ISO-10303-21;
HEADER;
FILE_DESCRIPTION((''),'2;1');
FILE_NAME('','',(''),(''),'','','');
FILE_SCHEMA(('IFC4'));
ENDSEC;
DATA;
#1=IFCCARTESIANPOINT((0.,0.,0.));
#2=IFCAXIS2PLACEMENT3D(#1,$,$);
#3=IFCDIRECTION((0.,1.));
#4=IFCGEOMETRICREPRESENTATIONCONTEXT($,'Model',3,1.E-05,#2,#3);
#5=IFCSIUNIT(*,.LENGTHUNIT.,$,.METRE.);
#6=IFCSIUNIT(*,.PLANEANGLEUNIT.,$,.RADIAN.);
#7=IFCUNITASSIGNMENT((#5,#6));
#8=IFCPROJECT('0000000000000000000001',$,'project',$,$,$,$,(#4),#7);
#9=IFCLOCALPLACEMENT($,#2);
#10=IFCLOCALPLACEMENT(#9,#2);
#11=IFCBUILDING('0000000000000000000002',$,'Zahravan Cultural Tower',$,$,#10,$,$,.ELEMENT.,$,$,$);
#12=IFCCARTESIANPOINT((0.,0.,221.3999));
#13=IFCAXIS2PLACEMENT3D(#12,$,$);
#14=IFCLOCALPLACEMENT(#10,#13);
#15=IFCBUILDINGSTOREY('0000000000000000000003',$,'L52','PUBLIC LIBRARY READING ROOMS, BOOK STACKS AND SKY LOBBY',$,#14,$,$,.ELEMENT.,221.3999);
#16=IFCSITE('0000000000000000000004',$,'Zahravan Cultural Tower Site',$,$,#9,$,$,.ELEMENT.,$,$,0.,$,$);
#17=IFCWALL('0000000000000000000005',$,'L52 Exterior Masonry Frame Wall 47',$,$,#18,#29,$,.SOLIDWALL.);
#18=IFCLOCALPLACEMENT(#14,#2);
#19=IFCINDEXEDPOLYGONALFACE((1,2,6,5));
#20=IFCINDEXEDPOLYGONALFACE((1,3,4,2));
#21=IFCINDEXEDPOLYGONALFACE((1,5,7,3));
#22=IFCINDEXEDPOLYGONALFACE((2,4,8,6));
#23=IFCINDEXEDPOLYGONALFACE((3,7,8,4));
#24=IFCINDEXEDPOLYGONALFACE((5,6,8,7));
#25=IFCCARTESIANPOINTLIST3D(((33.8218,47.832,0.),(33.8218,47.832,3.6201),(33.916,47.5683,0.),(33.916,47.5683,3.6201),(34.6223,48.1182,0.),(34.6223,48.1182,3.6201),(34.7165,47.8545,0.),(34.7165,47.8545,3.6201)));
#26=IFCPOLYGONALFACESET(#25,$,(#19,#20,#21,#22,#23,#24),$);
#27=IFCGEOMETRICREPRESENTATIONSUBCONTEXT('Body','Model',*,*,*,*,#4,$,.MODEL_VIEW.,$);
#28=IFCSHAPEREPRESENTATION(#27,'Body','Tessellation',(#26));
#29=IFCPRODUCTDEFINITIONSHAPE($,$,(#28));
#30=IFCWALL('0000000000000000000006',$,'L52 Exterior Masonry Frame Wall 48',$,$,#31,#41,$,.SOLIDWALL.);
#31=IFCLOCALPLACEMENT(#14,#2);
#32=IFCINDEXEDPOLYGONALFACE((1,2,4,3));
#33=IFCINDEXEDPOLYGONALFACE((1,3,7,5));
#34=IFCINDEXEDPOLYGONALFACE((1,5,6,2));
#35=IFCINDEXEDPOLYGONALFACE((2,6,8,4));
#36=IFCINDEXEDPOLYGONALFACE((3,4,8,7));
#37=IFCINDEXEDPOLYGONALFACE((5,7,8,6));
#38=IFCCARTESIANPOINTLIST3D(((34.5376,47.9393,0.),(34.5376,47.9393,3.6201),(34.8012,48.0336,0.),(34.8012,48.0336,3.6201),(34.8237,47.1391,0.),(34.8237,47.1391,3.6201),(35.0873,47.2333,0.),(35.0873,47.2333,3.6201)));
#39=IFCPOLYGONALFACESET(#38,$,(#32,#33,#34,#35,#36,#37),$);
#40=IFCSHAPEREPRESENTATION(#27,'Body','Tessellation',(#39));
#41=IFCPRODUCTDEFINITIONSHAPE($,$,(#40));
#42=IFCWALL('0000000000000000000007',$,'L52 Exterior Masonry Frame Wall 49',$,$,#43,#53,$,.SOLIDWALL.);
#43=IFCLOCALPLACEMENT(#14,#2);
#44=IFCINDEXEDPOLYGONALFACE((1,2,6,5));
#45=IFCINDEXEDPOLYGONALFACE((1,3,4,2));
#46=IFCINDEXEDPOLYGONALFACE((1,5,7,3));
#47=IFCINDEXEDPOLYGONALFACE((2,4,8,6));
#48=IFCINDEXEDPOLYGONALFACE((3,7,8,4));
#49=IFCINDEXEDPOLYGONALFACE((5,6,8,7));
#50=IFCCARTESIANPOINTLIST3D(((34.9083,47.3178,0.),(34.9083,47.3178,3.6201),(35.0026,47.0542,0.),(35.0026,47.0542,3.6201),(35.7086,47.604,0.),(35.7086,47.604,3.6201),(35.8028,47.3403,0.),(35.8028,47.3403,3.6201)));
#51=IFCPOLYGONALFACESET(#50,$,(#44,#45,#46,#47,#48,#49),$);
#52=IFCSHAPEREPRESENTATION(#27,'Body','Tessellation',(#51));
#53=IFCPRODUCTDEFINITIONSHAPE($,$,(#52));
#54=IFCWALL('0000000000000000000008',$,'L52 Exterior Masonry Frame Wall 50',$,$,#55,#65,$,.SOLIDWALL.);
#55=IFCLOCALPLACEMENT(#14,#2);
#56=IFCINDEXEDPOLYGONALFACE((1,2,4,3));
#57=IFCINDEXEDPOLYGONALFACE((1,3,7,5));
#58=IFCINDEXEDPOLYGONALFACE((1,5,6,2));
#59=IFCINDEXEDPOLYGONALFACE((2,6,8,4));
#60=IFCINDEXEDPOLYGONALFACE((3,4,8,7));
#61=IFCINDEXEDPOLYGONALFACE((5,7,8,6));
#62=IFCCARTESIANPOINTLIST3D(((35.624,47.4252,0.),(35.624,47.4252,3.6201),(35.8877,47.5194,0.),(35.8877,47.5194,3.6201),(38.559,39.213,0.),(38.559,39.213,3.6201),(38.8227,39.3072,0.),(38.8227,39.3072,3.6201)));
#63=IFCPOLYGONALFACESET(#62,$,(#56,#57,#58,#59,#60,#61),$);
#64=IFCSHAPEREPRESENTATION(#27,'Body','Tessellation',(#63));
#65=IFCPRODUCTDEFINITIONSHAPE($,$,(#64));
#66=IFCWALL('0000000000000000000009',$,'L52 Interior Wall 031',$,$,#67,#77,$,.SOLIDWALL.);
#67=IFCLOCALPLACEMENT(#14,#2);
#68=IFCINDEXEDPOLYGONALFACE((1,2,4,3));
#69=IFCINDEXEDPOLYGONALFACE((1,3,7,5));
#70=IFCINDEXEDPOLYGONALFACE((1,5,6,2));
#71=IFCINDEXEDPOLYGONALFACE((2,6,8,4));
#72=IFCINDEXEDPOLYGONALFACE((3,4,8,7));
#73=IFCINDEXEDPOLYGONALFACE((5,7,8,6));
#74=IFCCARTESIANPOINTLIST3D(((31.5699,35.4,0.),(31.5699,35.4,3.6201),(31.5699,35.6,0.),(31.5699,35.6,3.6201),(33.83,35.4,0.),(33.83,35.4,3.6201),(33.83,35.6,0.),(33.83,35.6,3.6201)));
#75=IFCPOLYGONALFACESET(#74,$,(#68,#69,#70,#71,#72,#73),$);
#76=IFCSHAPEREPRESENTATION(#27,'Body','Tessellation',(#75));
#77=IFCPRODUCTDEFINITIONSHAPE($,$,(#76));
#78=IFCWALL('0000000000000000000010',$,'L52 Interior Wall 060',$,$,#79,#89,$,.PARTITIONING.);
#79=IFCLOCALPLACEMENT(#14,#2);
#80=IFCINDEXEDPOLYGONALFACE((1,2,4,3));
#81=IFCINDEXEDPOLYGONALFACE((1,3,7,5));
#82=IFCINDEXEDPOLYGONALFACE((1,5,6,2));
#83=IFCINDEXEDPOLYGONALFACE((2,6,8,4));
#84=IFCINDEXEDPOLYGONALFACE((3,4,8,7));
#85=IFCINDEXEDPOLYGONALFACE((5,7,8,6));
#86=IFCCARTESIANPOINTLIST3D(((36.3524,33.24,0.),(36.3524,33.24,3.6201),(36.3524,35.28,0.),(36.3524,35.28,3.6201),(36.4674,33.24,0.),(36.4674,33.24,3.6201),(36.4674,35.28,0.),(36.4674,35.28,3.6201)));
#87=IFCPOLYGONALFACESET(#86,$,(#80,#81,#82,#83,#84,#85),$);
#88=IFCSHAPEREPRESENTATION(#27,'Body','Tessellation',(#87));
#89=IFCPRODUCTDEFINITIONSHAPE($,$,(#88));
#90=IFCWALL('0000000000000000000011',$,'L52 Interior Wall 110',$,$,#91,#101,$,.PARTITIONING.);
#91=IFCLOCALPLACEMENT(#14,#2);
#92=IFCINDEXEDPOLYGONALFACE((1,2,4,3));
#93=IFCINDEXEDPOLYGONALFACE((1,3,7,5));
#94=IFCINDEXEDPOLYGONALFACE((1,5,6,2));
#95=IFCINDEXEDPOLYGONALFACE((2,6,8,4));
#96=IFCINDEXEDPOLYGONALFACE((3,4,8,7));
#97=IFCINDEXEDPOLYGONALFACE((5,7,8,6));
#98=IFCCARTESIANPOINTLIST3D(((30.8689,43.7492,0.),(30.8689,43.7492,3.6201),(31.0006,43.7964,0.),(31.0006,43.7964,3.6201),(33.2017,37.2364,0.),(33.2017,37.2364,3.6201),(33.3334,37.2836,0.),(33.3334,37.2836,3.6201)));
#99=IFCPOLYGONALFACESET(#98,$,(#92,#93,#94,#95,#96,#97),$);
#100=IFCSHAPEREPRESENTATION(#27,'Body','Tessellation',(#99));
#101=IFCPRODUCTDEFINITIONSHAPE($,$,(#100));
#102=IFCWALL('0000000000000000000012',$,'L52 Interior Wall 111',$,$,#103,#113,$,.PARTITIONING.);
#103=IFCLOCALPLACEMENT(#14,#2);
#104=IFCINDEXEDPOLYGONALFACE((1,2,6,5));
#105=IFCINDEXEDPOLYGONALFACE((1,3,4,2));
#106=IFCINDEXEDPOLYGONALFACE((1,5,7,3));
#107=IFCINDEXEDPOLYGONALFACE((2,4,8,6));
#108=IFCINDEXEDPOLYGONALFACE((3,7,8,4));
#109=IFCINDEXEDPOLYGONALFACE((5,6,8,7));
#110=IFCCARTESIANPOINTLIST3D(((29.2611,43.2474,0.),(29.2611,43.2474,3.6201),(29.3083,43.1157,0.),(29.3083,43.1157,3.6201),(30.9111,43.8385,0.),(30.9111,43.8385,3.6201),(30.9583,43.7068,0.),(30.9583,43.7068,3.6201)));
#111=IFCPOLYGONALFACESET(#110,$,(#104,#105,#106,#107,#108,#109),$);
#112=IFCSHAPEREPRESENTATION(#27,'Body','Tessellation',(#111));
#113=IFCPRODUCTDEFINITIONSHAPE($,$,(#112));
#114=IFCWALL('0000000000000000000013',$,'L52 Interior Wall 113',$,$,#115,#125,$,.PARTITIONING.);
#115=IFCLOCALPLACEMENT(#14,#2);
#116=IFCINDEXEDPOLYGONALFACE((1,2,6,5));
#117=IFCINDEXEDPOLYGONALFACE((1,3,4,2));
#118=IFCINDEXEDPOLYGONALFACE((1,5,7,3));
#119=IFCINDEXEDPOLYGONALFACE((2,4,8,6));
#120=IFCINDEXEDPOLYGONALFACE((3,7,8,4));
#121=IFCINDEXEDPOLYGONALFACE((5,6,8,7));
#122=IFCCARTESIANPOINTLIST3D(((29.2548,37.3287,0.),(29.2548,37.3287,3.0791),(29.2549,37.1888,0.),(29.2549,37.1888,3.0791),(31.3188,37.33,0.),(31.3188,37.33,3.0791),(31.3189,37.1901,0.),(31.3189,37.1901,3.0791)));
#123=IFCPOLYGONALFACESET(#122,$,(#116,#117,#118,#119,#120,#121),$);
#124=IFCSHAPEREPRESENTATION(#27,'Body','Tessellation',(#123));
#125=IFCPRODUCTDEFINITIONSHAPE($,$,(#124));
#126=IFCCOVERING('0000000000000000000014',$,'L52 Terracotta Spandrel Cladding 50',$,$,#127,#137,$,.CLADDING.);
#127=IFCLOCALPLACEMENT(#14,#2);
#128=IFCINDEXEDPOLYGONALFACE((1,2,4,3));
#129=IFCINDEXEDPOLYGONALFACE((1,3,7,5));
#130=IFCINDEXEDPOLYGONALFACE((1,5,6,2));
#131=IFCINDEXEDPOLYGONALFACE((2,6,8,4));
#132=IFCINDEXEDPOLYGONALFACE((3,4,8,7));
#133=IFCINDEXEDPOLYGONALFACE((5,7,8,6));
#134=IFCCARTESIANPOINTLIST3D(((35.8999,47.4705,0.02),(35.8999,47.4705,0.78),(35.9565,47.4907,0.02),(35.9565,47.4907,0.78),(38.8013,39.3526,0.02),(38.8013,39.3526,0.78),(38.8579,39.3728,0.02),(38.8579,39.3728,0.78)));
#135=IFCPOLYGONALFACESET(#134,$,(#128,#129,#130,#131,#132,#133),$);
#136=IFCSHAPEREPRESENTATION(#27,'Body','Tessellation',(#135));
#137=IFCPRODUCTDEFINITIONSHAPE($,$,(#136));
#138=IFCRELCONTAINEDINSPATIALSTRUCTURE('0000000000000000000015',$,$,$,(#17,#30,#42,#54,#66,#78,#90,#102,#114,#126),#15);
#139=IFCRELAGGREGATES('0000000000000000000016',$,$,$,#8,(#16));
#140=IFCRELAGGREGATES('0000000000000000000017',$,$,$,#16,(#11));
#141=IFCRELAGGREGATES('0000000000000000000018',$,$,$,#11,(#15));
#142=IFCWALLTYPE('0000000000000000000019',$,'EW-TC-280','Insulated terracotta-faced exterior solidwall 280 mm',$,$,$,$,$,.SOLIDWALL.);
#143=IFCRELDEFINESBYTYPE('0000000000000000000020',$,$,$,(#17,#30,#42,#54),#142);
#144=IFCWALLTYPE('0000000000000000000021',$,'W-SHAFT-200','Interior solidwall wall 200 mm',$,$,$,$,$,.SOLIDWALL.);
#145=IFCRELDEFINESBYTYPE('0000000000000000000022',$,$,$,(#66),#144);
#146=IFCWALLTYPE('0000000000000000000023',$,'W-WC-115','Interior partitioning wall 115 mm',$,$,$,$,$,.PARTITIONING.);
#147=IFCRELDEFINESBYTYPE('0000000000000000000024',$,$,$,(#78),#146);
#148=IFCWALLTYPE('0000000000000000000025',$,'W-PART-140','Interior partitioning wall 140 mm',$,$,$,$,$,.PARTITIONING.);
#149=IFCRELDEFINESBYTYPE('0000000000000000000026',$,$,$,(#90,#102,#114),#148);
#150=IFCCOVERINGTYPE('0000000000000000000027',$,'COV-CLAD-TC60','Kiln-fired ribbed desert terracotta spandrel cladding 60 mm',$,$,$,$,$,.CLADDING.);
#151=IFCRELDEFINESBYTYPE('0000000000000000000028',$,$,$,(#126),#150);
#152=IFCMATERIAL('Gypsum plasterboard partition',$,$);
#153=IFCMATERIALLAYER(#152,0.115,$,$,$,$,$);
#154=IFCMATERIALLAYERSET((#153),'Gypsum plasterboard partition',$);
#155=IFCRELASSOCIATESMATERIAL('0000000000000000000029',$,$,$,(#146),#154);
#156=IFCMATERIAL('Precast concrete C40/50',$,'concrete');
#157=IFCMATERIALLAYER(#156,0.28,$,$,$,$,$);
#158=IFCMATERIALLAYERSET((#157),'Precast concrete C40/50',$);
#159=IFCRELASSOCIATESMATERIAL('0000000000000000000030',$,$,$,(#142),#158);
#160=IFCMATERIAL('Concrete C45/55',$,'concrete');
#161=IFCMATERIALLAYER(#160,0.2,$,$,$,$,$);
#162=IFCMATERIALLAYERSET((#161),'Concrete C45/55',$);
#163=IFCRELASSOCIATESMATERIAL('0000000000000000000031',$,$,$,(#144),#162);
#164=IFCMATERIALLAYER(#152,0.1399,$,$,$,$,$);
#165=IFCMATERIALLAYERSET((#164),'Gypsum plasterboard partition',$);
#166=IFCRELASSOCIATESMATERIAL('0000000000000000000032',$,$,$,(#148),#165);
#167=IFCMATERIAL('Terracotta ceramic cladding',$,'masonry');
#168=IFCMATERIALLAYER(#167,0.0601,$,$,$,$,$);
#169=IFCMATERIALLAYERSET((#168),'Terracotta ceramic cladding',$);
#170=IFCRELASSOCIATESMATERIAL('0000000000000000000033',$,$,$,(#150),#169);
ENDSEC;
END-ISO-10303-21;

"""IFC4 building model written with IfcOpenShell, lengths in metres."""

from ifc_helpers import new_model, si_unit, direction, frame, frame_2d, origin, origin_2d, place, context, subcontext, project, spatial, rectangle, extrude, source, transform, mapped, material, layer, layer_set, type_object, element, save


model = new_model("IFC4")

# Units and contexts
model_context = context("Model", 3, precision=1e-05, world=origin(), true_north=direction((0.0, 1.0)))
body_context = subcontext(model_context, "Body", "Model", "MODEL_VIEW")
ifc_project = project(units=[si_unit("LENGTHUNIT", "METRE"), si_unit("PLANEANGLEUNIT", "RADIAN")], contexts=[model_context])

# Site, building, storey
site_placement = place(None, origin())
site = spatial("IfcSite", under=ifc_project, at=site_placement, Name="Zahravan Cultural Tower Site", CompositionType="ELEMENT", RefElevation=0.0)
building_placement = place(site_placement, origin())
building = spatial("IfcBuilding", under=site, at=building_placement, Name="Zahravan Cultural Tower", CompositionType="ELEMENT")
storey_placement = place(building_placement, frame((0.0, 0.0, 221.3999)))
storey = spatial("IfcBuildingStorey", under=building, at=storey_placement, Name="L52", Description="PUBLIC LIBRARY READING ROOMS, BOOK STACKS AND SKY LOBBY", CompositionType="ELEMENT", Elevation=221.3999)

# Shared definitions
ifc_material_1 = material(Name="Gypsum plasterboard partition")
ifc_layer_1 = layer(ifc_material_1, 0.115)
ifc_layer_set_1 = layer_set([ifc_layer_1], Name="Gypsum plasterboard partition")
wall_type_1 = type_object("IfcWallType", Name="W-WC-115", Description="Interior partitioning wall 115 mm", PredefinedType="PARTITIONING", material=ifc_layer_set_1)

# Walls
ifc_material_2 = material(Name="Precast concrete C40/50", Category="concrete")
ifc_layer_2 = layer(ifc_material_2, 0.28)
ifc_layer_set_2 = layer_set([ifc_layer_2], Name="Precast concrete C40/50")
wall_type_2 = type_object("IfcWallType", Name="EW-TC-280", Description="Insulated terracotta-faced exterior solidwall 280 mm", PredefinedType="SOLIDWALL", material=ifc_layer_set_2)
shared_shape_1 = source(origin(), body_context, "Body", "SweptSolid", [
    extrude(rectangle(XDim=0.8501, YDim=0.28, at=frame_2d((0.425, 0.0))), origin(), (0.0, 0.0, 1.0), 3.6201),
])
for number, where, z_axis, x_axis, name in (
    (1, (33.8689, 47.7002, 0.0), (0.0, 0.0, 1.0), (0.941657, 0.336573, 0.0), "L52 Exterior Masonry Frame Wall 47"),
):
    element("IfcWall", number, at=place(storey_placement, frame(where, z_axis=z_axis, x_axis=x_axis)), inside=storey, type_object=wall_type_2, Name=name, PredefinedType="SOLIDWALL", context=body_context, shape_type="MappedRepresentation", body=[
        mapped(shared_shape_1, transform((0.0, 0.0, 0.0), x_axis=(1.0, 0.0, 0.0), y_axis=(0.0, 1.0, 0.0), z_axis=(0.0, 0.0, 1.0), scale=1.0)),
    ])
shared_shape_2 = source(origin(), body_context, "Body", "SweptSolid", [
    extrude(rectangle(XDim=0.8499, YDim=0.28, at=frame_2d((0.4248, 0.0))), origin(), (0.0, 0.0, 1.0), 3.6201),
])
for number, where, z_axis, x_axis, name in (
    (2, (34.6694, 47.9863, 0.0), (0.0, 0.0, 1.0), (0.336664, -0.941625, 0.0), "L52 Exterior Masonry Frame Wall 48"),
    (3, (34.9556, 47.186, 0.0), (0.0, 0.0, 1.0), (0.941625, 0.336664, 0.0), "L52 Exterior Masonry Frame Wall 49"),
):
    element("IfcWall", number, at=place(storey_placement, frame(where, z_axis=z_axis, x_axis=x_axis)), inside=storey, type_object=wall_type_2, Name=name, PredefinedType="SOLIDWALL", context=body_context, shape_type="MappedRepresentation", body=[
        mapped(shared_shape_2, transform((0.0, 0.0, 0.0), x_axis=(1.0, 0.0, 0.0), y_axis=(0.0, 1.0, 0.0), z_axis=(0.0, 0.0, 1.0), scale=1.0)),
    ])
shared_shape_3 = source(origin(), body_context, "Body", "SweptSolid", [
    extrude(rectangle(XDim=8.7209, YDim=0.28, at=frame_2d((4.3604, 0.0))), origin(), (0.0, 0.0, 1.0), 3.6201),
])
wall_1_placement = place(storey_placement, frame((35.7559, 47.4722, 0.0), z_axis=(0.0, 0.0, 1.0), x_axis=(0.336555, -0.941664, 0.0)))
element("IfcWall", 4, at=wall_1_placement, inside=storey, type_object=wall_type_2, Name="L52 Exterior Masonry Frame Wall 50", PredefinedType="SOLIDWALL", context=body_context, shape_type="MappedRepresentation", body=[
    mapped(shared_shape_3, transform((0.0, 0.0, 0.0), x_axis=(1.0, 0.0, 0.0), y_axis=(0.0, 1.0, 0.0), z_axis=(0.0, 0.0, 1.0), scale=1.0)),
])
ifc_material_3 = material(Name="Concrete C45/55", Category="concrete")
ifc_layer_3 = layer(ifc_material_3, 0.2)
ifc_layer_set_3 = layer_set([ifc_layer_3], Name="Concrete C45/55")
wall_type_3 = type_object("IfcWallType", Name="W-SHAFT-200", Description="Interior solidwall wall 200 mm", PredefinedType="SOLIDWALL", material=ifc_layer_set_3)
shared_shape_4 = source(origin(), body_context, "Body", "SweptSolid", [
    extrude(rectangle(XDim=2.26, YDim=0.2, at=frame_2d((1.1299, 0.0))), origin(), (0.0, 0.0, 1.0), 3.6201),
])
wall_2_placement = place(storey_placement, frame((31.5701, 35.5, 0.0), z_axis=(0.0, 0.0, 1.0), x_axis=(1.0, 0.0, 0.0)))
element("IfcWall", 5, at=wall_2_placement, inside=storey, type_object=wall_type_3, Name="L52 Interior Wall 031", PredefinedType="SOLIDWALL", context=body_context, shape_type="MappedRepresentation", body=[
    mapped(shared_shape_4, transform((0.0, 0.0, 0.0), x_axis=(1.0, 0.0, 0.0), y_axis=(0.0, 1.0, 0.0), z_axis=(0.0, 0.0, 1.0), scale=1.0)),
])
shared_shape_5 = source(origin(), body_context, "Body", "SweptSolid", [
    extrude(rectangle(XDim=2.04, YDim=0.115, at=frame_2d((1.02, 0.0))), origin(), (0.0, 0.0, 1.0), 3.6201),
])
wall_3_placement = place(storey_placement, frame((36.4099, 35.28, 0.0), z_axis=(0.0, 0.0, 1.0), x_axis=(0.0, -1.0, 0.0)))
element("IfcWall", 6, at=wall_3_placement, inside=storey, type_object=wall_type_1, Name="L52 Interior Wall 060", PredefinedType="PARTITIONING", context=body_context, shape_type="MappedRepresentation", body=[
    mapped(shared_shape_5, transform((0.0, 0.0, 0.0), x_axis=(1.0, 0.0, 0.0), y_axis=(0.0, 1.0, 0.0), z_axis=(0.0, 0.0, 1.0), scale=1.0)),
])
ifc_layer_4 = layer(ifc_material_1, 0.1399)
ifc_layer_set_4 = layer_set([ifc_layer_4], Name="Gypsum plasterboard partition")
wall_type_4 = type_object("IfcWallType", Name="W-PART-140", Description="Interior partitioning wall 140 mm", PredefinedType="PARTITIONING", material=ifc_layer_set_4)
shared_shape_6 = source(origin(), body_context, "Body", "SweptSolid", [
    extrude(rectangle(XDim=6.918, YDim=0.1399, at=frame_2d((3.459, 0.0))), origin(), (0.0, 0.0, 1.0), 3.6201),
])
wall_4_placement = place(storey_placement, frame((33.2676, 37.26, 0.0), z_axis=(0.0, 0.0, 1.0), x_axis=(-0.337208, 0.94143, 0.0)))
element("IfcWall", 7, at=wall_4_placement, inside=storey, type_object=wall_type_4, Name="L52 Interior Wall 110", PredefinedType="PARTITIONING", context=body_context, shape_type="MappedRepresentation", body=[
    mapped(shared_shape_6, transform((0.0, 0.0, 0.0), x_axis=(1.0, 0.0, 0.0), y_axis=(0.0, 1.0, 0.0), z_axis=(0.0, 0.0, 1.0), scale=1.0)),
])
shared_shape_7 = source(origin(), body_context, "Body", "SweptSolid", [
    extrude(rectangle(XDim=1.7527, YDim=0.1399, at=frame_2d((0.8765, 0.0))), origin(), (0.0, 0.0, 1.0), 3.6201),
])
wall_5_placement = place(storey_placement, frame((30.9348, 43.7727, 0.0), z_axis=(0.0, 0.0, 1.0), x_axis=(-0.941414, -0.337254, 0.0)))
element("IfcWall", 8, at=wall_5_placement, inside=storey, type_object=wall_type_4, Name="L52 Interior Wall 111", PredefinedType="PARTITIONING", context=body_context, shape_type="MappedRepresentation", body=[
    mapped(shared_shape_7, transform((0.0, 0.0, 0.0), x_axis=(1.0, 0.0, 0.0), y_axis=(0.0, 1.0, 0.0), z_axis=(0.0, 0.0, 1.0), scale=1.0)),
])
shared_shape_8 = source(origin(), body_context, "Body", "SweptSolid", [
    extrude(rectangle(XDim=2.064, YDim=0.1399, at=frame_2d((1.032, 0.0))), origin(), (0.0, 0.0, 1.0), 3.0791),
])
wall_6_placement = place(storey_placement, frame((31.3188, 37.26, 0.0), z_axis=(0.0, 0.0, 1.0), x_axis=(-1.0, -0.000591, 0.0)))
element("IfcWall", 9, at=wall_6_placement, inside=storey, type_object=wall_type_4, Name="L52 Interior Wall 113", PredefinedType="PARTITIONING", context=body_context, shape_type="MappedRepresentation", body=[
    mapped(shared_shape_8, transform((0.0, 0.0, 0.0), x_axis=(1.0, 0.0, 0.0), y_axis=(0.0, 1.0, 0.0), z_axis=(0.0, 0.0, 1.0), scale=1.0)),
])

# Covering
ifc_material_4 = material(Name="Terracotta ceramic cladding", Category="masonry")
ifc_layer_5 = layer(ifc_material_4, 0.0601)
ifc_layer_set_5 = layer_set([ifc_layer_5], Name="Terracotta ceramic cladding")
covering_type = type_object("IfcCoveringType", Name="COV-CLAD-TC60", Description="Kiln-fired ribbed desert terracotta spandrel cladding 60 mm", PredefinedType="CLADDING", material=ifc_layer_set_5)
shared_shape_9 = source(origin(), body_context, "Body", "SweptSolid", [
    extrude(rectangle(XDim=8.6208, YDim=0.0601, at=origin_2d()), origin(), (0.0, 0.0, 1.0), 0.76),
])
covering_placement = place(storey_placement, frame((37.3789, 43.4216, 0.02), z_axis=(0.0, 0.0, 1.0), x_axis=(0.336553, -0.941665, 0.0)))
element("IfcCovering", 10, at=covering_placement, inside=storey, type_object=covering_type, Name="L52 Terracotta Spandrel Cladding 50", PredefinedType="CLADDING", context=body_context, shape_type="MappedRepresentation", body=[
    mapped(shared_shape_9, transform((0.0, 0.0, 0.0), x_axis=(1.0, 0.0, 0.0), y_axis=(0.0, 1.0, 0.0), z_axis=(0.0, 0.0, 1.0), scale=1.0)),
])

save(model, "model.ifc")
